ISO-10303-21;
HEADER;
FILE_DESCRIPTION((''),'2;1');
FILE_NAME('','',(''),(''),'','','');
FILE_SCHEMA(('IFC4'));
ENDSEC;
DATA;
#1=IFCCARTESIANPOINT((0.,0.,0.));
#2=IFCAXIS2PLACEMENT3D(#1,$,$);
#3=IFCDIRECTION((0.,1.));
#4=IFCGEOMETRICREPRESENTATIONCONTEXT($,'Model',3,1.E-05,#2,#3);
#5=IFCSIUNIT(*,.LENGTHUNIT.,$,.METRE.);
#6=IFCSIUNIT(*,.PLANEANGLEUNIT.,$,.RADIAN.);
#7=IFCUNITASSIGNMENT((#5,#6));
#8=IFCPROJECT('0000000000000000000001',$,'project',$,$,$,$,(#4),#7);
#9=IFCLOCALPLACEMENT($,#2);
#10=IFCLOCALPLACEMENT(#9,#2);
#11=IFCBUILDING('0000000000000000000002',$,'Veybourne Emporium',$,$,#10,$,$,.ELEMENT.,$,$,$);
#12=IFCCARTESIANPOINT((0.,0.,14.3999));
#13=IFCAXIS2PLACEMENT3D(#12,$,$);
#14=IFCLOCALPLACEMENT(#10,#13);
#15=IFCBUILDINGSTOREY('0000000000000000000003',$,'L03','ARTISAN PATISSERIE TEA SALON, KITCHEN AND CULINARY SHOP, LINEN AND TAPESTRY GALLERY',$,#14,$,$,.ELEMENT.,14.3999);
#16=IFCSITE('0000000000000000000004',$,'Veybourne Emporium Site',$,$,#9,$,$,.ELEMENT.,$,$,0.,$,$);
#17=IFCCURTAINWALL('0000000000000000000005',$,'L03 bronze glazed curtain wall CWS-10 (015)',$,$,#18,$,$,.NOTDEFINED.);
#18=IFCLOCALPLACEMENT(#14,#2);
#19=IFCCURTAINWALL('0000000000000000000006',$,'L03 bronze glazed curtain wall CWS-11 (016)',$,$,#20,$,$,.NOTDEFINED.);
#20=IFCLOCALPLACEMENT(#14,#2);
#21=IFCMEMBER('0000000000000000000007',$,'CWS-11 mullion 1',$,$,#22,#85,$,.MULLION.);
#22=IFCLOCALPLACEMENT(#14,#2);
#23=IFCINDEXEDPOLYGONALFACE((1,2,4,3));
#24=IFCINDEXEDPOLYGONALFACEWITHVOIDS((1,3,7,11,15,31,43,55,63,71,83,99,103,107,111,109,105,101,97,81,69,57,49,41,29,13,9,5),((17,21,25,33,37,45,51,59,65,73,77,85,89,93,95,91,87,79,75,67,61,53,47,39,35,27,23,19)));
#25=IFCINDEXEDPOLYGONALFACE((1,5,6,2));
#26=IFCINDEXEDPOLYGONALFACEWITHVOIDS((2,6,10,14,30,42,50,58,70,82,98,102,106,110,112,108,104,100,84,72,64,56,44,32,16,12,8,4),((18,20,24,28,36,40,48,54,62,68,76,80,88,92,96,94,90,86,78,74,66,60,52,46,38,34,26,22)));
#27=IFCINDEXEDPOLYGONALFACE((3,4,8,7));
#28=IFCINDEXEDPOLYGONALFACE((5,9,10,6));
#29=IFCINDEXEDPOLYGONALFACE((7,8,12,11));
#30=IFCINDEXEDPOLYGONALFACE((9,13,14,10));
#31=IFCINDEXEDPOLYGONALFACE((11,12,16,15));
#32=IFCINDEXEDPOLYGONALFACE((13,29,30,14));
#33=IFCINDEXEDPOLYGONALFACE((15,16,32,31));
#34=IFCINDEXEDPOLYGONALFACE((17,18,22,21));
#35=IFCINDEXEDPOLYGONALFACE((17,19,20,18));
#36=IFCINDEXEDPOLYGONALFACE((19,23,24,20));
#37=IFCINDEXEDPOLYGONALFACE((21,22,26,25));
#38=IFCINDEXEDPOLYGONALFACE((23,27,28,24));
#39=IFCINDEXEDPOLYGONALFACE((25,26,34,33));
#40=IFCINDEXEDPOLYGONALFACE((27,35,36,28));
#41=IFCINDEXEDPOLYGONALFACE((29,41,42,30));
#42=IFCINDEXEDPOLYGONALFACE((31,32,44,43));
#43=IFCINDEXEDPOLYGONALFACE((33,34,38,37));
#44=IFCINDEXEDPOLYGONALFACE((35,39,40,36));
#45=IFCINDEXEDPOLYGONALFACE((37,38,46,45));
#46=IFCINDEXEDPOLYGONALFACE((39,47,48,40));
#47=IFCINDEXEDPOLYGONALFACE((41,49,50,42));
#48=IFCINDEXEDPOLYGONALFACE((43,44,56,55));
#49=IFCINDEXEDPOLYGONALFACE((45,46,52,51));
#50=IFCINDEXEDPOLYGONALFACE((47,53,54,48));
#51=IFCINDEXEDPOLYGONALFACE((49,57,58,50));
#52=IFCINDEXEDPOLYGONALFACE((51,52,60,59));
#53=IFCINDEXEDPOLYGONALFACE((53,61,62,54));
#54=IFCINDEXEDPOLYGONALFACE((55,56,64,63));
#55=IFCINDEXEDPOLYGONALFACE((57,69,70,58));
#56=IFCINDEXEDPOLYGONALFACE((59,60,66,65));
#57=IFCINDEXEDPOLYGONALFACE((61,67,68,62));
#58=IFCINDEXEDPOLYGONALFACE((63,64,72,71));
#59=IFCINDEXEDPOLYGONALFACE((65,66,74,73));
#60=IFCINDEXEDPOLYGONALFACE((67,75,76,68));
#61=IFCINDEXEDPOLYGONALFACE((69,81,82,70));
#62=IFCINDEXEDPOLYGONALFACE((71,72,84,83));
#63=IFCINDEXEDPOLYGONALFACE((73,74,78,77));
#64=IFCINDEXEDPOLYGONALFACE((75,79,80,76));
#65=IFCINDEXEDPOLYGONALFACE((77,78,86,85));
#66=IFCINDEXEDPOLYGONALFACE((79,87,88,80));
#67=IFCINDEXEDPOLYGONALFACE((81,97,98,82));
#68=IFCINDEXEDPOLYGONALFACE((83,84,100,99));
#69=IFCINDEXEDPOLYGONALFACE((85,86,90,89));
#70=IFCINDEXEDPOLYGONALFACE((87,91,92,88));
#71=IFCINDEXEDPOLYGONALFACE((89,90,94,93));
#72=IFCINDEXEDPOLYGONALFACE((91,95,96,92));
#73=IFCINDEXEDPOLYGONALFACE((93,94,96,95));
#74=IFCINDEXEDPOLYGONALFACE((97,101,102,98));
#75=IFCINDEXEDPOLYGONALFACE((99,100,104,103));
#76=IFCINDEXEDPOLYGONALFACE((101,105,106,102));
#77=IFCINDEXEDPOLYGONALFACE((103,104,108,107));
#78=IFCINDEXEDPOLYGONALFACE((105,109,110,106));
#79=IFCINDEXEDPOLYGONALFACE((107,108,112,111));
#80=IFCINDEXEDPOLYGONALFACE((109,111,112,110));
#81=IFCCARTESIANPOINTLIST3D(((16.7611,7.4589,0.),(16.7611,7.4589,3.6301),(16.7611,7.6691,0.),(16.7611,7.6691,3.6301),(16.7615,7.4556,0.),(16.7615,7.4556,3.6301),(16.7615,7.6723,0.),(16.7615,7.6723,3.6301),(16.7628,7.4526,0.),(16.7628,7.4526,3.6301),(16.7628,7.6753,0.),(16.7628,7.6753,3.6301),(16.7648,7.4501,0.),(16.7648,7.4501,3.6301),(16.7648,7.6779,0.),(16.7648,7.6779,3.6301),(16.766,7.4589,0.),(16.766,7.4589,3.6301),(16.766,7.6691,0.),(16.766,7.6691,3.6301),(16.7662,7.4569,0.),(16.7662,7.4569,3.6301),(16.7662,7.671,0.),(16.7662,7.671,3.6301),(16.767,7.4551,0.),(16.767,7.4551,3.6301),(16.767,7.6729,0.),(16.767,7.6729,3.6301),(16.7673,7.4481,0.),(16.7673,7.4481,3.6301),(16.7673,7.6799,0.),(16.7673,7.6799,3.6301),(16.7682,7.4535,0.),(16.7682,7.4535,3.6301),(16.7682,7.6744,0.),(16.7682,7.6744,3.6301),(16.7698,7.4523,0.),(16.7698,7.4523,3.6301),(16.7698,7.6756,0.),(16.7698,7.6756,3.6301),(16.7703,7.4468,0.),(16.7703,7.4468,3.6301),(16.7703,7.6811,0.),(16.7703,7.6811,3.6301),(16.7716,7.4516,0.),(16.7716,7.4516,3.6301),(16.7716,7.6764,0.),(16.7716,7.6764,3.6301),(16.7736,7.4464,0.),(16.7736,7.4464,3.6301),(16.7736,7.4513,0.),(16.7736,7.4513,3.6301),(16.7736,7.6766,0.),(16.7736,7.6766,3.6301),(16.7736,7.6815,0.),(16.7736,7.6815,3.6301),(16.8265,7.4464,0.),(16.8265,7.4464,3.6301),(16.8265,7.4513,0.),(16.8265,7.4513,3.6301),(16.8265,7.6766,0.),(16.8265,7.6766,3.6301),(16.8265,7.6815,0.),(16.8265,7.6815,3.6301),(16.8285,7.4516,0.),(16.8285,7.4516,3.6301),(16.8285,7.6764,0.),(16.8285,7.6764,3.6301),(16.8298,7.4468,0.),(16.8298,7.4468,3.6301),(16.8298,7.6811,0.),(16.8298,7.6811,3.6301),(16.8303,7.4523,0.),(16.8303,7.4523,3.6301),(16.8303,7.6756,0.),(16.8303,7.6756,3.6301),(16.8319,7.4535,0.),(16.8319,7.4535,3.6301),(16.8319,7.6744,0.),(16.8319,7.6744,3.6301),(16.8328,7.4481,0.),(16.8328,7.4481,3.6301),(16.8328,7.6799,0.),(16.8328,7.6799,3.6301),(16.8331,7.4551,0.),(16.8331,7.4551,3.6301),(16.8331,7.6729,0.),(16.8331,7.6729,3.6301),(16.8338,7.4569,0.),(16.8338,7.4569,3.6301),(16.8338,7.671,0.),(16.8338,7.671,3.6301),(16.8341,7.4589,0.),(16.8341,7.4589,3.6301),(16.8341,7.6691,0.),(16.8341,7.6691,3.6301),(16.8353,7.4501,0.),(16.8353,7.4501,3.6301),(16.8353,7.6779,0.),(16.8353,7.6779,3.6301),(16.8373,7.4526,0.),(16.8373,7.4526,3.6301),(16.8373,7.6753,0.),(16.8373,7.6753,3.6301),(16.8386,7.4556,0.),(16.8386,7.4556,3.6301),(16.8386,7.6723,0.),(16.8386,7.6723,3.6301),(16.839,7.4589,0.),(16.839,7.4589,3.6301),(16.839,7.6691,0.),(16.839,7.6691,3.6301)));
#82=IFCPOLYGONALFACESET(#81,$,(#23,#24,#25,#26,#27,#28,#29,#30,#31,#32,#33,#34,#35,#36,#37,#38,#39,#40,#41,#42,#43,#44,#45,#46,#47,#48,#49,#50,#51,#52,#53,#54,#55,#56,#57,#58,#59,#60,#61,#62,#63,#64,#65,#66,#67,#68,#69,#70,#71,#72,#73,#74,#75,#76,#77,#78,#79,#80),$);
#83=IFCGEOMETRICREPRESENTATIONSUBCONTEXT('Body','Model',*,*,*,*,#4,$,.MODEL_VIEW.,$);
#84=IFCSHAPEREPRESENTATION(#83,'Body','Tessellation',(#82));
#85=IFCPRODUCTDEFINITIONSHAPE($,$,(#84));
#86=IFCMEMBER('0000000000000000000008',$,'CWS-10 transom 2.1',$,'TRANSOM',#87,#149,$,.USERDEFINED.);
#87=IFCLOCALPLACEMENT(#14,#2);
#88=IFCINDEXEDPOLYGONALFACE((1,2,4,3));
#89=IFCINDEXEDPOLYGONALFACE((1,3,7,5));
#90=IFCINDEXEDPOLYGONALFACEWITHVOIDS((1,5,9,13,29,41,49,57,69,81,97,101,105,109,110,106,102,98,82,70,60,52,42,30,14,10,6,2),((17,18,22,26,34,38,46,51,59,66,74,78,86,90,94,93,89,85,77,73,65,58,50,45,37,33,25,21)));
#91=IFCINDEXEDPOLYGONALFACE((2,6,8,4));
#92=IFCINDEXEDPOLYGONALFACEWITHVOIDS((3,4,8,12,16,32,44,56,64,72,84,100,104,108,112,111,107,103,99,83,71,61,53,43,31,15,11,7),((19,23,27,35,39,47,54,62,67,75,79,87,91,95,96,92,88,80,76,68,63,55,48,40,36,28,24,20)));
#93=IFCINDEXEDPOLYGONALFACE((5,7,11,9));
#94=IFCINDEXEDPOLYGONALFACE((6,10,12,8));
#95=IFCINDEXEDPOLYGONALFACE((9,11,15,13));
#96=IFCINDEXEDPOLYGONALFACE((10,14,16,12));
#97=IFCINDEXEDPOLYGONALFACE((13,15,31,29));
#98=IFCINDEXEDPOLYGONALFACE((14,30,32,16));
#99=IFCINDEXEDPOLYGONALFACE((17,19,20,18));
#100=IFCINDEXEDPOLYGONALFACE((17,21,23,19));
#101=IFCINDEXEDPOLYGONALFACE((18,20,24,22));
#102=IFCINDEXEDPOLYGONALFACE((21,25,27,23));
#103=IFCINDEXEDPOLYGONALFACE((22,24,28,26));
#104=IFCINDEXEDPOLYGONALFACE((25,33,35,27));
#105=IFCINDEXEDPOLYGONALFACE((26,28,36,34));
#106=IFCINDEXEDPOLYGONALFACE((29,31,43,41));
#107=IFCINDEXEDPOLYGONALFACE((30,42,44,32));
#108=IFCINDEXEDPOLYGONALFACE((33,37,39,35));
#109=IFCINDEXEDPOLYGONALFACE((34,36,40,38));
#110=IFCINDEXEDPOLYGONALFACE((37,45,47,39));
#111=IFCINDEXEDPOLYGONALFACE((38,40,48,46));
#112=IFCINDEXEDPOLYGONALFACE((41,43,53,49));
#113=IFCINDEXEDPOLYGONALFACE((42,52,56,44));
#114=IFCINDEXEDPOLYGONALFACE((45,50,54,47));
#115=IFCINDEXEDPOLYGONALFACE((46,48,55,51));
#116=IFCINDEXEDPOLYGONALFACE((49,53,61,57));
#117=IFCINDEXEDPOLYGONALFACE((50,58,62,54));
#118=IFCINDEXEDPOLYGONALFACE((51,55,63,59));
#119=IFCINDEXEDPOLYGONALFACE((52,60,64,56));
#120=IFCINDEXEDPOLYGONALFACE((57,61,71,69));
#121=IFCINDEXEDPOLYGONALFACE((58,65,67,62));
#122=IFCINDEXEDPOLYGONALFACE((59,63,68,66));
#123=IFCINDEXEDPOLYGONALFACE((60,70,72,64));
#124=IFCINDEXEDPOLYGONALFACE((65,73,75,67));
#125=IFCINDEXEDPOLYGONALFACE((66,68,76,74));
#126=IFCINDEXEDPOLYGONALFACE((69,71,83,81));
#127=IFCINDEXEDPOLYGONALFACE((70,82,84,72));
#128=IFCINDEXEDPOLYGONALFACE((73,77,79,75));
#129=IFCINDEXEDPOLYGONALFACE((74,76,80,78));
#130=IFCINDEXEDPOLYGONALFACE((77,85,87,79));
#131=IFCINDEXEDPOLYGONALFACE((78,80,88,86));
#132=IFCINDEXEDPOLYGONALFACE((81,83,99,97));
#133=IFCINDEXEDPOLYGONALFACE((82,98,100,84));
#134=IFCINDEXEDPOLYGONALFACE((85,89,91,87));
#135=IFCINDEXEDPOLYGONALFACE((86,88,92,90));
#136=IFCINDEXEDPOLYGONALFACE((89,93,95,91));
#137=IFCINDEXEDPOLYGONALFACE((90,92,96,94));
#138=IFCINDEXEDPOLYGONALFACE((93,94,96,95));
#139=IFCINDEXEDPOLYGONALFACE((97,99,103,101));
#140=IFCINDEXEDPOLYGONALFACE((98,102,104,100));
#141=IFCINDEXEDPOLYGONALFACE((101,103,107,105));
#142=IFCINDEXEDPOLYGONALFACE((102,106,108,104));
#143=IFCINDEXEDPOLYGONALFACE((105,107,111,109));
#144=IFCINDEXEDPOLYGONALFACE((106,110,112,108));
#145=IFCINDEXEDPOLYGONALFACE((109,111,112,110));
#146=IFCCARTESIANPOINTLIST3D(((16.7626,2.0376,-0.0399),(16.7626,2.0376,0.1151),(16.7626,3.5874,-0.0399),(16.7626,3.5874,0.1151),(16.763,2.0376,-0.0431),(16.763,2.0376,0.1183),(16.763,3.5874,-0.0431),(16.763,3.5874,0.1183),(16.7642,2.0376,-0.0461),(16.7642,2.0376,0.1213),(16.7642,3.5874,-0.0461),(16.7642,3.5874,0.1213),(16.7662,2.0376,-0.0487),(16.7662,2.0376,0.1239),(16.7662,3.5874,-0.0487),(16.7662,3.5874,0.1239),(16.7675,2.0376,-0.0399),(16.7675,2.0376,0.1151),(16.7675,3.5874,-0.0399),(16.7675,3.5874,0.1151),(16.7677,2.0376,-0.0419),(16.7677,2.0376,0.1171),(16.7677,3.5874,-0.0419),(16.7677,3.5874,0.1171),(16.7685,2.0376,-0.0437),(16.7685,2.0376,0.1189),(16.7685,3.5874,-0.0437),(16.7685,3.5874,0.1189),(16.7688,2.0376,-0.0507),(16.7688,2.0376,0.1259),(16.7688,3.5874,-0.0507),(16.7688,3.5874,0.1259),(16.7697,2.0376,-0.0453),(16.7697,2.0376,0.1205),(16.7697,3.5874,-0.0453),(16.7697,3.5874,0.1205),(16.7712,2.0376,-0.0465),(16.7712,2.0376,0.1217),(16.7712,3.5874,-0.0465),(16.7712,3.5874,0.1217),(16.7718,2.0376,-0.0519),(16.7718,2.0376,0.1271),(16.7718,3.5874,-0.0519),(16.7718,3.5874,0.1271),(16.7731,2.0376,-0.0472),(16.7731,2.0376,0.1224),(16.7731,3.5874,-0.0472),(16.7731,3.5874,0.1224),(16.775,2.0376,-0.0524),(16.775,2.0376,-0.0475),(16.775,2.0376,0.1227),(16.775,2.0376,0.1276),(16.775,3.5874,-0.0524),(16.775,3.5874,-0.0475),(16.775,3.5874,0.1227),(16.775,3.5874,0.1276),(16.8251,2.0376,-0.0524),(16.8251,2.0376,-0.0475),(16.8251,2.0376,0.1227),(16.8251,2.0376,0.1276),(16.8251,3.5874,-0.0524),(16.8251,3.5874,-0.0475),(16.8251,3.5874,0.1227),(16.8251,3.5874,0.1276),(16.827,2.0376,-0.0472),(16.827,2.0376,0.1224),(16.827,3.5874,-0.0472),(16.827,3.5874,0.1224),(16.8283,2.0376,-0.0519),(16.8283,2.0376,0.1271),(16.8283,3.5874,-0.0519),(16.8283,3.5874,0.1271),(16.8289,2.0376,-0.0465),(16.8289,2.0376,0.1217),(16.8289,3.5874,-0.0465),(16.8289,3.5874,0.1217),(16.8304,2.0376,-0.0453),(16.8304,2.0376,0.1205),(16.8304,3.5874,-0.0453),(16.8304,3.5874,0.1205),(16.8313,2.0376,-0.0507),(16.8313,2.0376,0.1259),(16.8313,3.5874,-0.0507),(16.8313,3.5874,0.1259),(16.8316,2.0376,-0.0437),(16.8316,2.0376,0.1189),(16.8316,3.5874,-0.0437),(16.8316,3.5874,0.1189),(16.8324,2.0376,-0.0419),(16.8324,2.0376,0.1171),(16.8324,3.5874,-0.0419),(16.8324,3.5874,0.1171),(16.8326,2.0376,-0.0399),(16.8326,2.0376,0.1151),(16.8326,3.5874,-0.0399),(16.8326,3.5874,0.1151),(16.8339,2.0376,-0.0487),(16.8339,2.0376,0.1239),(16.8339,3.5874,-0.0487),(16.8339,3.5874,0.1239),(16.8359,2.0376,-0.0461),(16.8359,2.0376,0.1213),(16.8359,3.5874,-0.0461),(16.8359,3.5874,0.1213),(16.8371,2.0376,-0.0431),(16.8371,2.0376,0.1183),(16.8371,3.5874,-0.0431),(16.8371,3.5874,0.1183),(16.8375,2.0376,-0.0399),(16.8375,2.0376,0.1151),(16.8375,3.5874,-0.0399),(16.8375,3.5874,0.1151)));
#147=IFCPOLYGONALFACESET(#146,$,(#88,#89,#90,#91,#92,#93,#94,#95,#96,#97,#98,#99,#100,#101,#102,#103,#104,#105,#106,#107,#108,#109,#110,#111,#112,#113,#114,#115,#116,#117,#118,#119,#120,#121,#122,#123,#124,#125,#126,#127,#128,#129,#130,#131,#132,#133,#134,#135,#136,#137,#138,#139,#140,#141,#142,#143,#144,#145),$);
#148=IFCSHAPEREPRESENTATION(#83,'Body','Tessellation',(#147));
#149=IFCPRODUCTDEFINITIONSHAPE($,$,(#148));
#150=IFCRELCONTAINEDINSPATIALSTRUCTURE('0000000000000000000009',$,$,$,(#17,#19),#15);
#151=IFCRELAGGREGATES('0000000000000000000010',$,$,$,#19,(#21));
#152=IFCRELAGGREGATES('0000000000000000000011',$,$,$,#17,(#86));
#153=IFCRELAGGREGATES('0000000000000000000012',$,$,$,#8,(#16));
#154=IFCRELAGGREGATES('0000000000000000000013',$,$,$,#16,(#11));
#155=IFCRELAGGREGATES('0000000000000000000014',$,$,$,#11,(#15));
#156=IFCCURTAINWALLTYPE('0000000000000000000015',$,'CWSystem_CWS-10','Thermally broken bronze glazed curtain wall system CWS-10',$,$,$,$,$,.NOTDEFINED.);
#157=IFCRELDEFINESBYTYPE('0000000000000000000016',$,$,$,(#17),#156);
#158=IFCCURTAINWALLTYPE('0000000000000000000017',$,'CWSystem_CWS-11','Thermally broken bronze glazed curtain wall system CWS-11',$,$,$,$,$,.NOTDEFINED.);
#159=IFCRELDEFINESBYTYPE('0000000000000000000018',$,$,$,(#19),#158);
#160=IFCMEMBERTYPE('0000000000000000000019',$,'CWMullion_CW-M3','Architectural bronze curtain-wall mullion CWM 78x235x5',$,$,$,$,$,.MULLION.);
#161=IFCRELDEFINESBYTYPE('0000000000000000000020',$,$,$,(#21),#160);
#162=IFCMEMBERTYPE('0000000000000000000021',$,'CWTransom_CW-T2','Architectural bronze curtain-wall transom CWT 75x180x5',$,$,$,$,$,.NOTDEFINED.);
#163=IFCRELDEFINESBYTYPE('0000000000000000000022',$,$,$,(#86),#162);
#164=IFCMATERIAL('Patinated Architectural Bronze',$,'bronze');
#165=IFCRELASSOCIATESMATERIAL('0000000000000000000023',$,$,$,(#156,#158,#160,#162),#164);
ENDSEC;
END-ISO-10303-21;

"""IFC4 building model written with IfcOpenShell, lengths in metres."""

from ifc_helpers import new_model, si_unit, direction, frame, origin, origin_2d, place, context, subcontext, project, spatial, hollow_rectangle, extrude, material, material_profile, profile_set, type_object, element, aggregate, save


model = new_model("IFC4")

# Units and contexts
model_context = context("Model", 3, precision=1e-05, world=origin(), true_north=direction((0.0, 1.0)))
body_context = subcontext(model_context, "Body", "Model", "MODEL_VIEW")
ifc_project = project(units=[si_unit("LENGTHUNIT", "METRE"), si_unit("PLANEANGLEUNIT", "RADIAN")], contexts=[model_context])

# Site, building, storey
site_placement = place(None, origin())
site = spatial("IfcSite", under=ifc_project, at=site_placement, Name="Veybourne Emporium Site", CompositionType="ELEMENT", RefElevation=0.0)
building_placement = place(site_placement, origin())
building = spatial("IfcBuilding", under=site, at=building_placement, Name="Veybourne Emporium", CompositionType="ELEMENT")
storey_placement = place(building_placement, frame((0.0, 0.0, 14.3999)))
storey = spatial("IfcBuildingStorey", under=building, at=storey_placement, Name="L03", Description="ARTISAN PATISSERIE TEA SALON, KITCHEN AND CULINARY SHOP, LINEN AND TAPESTRY GALLERY", CompositionType="ELEMENT", Elevation=14.3999)

# Curtain wall
ifc_material_1 = material(Name="Patinated Architectural Bronze", Category="bronze")
curtain_wall_type_1 = type_object("IfcCurtainWallType", Name="CWSystem_CWS-10", Description="Thermally broken bronze glazed curtain wall system CWS-10", PredefinedType="NOTDEFINED", material=ifc_material_1)
curtain_wall_1_placement = place(storey_placement, origin())
curtain_wall_1 = element("IfcCurtainWall", 1, at=curtain_wall_1_placement, inside=storey, type_object=curtain_wall_type_1, Name="L03 bronze glazed curtain wall CWS-10 (015)", PredefinedType="NOTDEFINED")

# Curtain wall, member
curtain_wall_type_2 = type_object("IfcCurtainWallType", Name="CWSystem_CWS-11", Description="Thermally broken bronze glazed curtain wall system CWS-11", PredefinedType="NOTDEFINED", material=ifc_material_1)
curtain_wall_2_placement = place(storey_placement, origin())
curtain_wall_2 = element("IfcCurtainWall", 2, at=curtain_wall_2_placement, inside=storey, type_object=curtain_wall_type_2, Name="L03 bronze glazed curtain wall CWS-11 (016)", PredefinedType="NOTDEFINED")
ifc_material_profile_1 = material_profile(ifc_material_1, hollow_rectangle(XDim=0.0779, YDim=0.2351, WallThickness=0.0049, InnerFilletRadius=0.0076, OuterFilletRadius=0.0125, at=origin_2d()), Name="CWM 78x235x5")
ifc_profile_set_1 = profile_set([ifc_material_profile_1], Name="Patinated Architectural Bronze")
member_type_1 = type_object("IfcMemberType", Name="CWMullion_CW-M3", Description="Architectural bronze curtain-wall mullion CWM 78x235x5", PredefinedType="MULLION", material=ifc_profile_set_1)
member_1_placement = place(storey_placement, frame((16.8, 7.564, 0.0), z_axis=(0.0, 0.0, 1.0), x_axis=(-1.0, 0.0, 0.0)))
member_1 = element("IfcMember", 3, at=member_1_placement, type_object=member_type_1, Name="CWS-11 mullion 1", PredefinedType="MULLION", context=body_context, shape_type="SweptSolid", body=[
    extrude(hollow_rectangle(XDim=0.0779, YDim=0.2351, WallThickness=0.0049, InnerFilletRadius=0.0076, OuterFilletRadius=0.0125, at=origin_2d()), origin(), (0.0, 0.0, 1.0), 3.6301),
])

# Member
ifc_material_profile_2 = material_profile(ifc_material_1, hollow_rectangle(XDim=0.075, YDim=0.1799, WallThickness=0.0049, InnerFilletRadius=0.0076, OuterFilletRadius=0.0125, at=origin_2d()), Name="CWT 75x180x5")
ifc_profile_set_2 = profile_set([ifc_material_profile_2], Name="Patinated Architectural Bronze")
member_type_2 = type_object("IfcMemberType", Name="CWTransom_CW-T2", Description="Architectural bronze curtain-wall transom CWT 75x180x5", PredefinedType="NOTDEFINED", material=ifc_profile_set_2)
member_2_placement = place(storey_placement, frame((16.8, 2.0376, 0.0376), z_axis=(0.0, 1.0, 0.0), x_axis=(-1.0, 0.0, 0.0)))
member_2 = element("IfcMember", 4, at=member_2_placement, type_object=member_type_2, Name="CWS-10 transom 2.1", ObjectType="TRANSOM", PredefinedType="USERDEFINED", context=body_context, shape_type="SweptSolid", body=[
    extrude(hollow_rectangle(XDim=0.075, YDim=0.1799, WallThickness=0.0049, InnerFilletRadius=0.0076, OuterFilletRadius=0.0125, at=origin_2d()), origin(), (0.0, 0.0, 1.0), 1.5498),
])
aggregate(curtain_wall_2, [member_1])

aggregate(curtain_wall_1, [member_2])

save(model, "model.ifc")
